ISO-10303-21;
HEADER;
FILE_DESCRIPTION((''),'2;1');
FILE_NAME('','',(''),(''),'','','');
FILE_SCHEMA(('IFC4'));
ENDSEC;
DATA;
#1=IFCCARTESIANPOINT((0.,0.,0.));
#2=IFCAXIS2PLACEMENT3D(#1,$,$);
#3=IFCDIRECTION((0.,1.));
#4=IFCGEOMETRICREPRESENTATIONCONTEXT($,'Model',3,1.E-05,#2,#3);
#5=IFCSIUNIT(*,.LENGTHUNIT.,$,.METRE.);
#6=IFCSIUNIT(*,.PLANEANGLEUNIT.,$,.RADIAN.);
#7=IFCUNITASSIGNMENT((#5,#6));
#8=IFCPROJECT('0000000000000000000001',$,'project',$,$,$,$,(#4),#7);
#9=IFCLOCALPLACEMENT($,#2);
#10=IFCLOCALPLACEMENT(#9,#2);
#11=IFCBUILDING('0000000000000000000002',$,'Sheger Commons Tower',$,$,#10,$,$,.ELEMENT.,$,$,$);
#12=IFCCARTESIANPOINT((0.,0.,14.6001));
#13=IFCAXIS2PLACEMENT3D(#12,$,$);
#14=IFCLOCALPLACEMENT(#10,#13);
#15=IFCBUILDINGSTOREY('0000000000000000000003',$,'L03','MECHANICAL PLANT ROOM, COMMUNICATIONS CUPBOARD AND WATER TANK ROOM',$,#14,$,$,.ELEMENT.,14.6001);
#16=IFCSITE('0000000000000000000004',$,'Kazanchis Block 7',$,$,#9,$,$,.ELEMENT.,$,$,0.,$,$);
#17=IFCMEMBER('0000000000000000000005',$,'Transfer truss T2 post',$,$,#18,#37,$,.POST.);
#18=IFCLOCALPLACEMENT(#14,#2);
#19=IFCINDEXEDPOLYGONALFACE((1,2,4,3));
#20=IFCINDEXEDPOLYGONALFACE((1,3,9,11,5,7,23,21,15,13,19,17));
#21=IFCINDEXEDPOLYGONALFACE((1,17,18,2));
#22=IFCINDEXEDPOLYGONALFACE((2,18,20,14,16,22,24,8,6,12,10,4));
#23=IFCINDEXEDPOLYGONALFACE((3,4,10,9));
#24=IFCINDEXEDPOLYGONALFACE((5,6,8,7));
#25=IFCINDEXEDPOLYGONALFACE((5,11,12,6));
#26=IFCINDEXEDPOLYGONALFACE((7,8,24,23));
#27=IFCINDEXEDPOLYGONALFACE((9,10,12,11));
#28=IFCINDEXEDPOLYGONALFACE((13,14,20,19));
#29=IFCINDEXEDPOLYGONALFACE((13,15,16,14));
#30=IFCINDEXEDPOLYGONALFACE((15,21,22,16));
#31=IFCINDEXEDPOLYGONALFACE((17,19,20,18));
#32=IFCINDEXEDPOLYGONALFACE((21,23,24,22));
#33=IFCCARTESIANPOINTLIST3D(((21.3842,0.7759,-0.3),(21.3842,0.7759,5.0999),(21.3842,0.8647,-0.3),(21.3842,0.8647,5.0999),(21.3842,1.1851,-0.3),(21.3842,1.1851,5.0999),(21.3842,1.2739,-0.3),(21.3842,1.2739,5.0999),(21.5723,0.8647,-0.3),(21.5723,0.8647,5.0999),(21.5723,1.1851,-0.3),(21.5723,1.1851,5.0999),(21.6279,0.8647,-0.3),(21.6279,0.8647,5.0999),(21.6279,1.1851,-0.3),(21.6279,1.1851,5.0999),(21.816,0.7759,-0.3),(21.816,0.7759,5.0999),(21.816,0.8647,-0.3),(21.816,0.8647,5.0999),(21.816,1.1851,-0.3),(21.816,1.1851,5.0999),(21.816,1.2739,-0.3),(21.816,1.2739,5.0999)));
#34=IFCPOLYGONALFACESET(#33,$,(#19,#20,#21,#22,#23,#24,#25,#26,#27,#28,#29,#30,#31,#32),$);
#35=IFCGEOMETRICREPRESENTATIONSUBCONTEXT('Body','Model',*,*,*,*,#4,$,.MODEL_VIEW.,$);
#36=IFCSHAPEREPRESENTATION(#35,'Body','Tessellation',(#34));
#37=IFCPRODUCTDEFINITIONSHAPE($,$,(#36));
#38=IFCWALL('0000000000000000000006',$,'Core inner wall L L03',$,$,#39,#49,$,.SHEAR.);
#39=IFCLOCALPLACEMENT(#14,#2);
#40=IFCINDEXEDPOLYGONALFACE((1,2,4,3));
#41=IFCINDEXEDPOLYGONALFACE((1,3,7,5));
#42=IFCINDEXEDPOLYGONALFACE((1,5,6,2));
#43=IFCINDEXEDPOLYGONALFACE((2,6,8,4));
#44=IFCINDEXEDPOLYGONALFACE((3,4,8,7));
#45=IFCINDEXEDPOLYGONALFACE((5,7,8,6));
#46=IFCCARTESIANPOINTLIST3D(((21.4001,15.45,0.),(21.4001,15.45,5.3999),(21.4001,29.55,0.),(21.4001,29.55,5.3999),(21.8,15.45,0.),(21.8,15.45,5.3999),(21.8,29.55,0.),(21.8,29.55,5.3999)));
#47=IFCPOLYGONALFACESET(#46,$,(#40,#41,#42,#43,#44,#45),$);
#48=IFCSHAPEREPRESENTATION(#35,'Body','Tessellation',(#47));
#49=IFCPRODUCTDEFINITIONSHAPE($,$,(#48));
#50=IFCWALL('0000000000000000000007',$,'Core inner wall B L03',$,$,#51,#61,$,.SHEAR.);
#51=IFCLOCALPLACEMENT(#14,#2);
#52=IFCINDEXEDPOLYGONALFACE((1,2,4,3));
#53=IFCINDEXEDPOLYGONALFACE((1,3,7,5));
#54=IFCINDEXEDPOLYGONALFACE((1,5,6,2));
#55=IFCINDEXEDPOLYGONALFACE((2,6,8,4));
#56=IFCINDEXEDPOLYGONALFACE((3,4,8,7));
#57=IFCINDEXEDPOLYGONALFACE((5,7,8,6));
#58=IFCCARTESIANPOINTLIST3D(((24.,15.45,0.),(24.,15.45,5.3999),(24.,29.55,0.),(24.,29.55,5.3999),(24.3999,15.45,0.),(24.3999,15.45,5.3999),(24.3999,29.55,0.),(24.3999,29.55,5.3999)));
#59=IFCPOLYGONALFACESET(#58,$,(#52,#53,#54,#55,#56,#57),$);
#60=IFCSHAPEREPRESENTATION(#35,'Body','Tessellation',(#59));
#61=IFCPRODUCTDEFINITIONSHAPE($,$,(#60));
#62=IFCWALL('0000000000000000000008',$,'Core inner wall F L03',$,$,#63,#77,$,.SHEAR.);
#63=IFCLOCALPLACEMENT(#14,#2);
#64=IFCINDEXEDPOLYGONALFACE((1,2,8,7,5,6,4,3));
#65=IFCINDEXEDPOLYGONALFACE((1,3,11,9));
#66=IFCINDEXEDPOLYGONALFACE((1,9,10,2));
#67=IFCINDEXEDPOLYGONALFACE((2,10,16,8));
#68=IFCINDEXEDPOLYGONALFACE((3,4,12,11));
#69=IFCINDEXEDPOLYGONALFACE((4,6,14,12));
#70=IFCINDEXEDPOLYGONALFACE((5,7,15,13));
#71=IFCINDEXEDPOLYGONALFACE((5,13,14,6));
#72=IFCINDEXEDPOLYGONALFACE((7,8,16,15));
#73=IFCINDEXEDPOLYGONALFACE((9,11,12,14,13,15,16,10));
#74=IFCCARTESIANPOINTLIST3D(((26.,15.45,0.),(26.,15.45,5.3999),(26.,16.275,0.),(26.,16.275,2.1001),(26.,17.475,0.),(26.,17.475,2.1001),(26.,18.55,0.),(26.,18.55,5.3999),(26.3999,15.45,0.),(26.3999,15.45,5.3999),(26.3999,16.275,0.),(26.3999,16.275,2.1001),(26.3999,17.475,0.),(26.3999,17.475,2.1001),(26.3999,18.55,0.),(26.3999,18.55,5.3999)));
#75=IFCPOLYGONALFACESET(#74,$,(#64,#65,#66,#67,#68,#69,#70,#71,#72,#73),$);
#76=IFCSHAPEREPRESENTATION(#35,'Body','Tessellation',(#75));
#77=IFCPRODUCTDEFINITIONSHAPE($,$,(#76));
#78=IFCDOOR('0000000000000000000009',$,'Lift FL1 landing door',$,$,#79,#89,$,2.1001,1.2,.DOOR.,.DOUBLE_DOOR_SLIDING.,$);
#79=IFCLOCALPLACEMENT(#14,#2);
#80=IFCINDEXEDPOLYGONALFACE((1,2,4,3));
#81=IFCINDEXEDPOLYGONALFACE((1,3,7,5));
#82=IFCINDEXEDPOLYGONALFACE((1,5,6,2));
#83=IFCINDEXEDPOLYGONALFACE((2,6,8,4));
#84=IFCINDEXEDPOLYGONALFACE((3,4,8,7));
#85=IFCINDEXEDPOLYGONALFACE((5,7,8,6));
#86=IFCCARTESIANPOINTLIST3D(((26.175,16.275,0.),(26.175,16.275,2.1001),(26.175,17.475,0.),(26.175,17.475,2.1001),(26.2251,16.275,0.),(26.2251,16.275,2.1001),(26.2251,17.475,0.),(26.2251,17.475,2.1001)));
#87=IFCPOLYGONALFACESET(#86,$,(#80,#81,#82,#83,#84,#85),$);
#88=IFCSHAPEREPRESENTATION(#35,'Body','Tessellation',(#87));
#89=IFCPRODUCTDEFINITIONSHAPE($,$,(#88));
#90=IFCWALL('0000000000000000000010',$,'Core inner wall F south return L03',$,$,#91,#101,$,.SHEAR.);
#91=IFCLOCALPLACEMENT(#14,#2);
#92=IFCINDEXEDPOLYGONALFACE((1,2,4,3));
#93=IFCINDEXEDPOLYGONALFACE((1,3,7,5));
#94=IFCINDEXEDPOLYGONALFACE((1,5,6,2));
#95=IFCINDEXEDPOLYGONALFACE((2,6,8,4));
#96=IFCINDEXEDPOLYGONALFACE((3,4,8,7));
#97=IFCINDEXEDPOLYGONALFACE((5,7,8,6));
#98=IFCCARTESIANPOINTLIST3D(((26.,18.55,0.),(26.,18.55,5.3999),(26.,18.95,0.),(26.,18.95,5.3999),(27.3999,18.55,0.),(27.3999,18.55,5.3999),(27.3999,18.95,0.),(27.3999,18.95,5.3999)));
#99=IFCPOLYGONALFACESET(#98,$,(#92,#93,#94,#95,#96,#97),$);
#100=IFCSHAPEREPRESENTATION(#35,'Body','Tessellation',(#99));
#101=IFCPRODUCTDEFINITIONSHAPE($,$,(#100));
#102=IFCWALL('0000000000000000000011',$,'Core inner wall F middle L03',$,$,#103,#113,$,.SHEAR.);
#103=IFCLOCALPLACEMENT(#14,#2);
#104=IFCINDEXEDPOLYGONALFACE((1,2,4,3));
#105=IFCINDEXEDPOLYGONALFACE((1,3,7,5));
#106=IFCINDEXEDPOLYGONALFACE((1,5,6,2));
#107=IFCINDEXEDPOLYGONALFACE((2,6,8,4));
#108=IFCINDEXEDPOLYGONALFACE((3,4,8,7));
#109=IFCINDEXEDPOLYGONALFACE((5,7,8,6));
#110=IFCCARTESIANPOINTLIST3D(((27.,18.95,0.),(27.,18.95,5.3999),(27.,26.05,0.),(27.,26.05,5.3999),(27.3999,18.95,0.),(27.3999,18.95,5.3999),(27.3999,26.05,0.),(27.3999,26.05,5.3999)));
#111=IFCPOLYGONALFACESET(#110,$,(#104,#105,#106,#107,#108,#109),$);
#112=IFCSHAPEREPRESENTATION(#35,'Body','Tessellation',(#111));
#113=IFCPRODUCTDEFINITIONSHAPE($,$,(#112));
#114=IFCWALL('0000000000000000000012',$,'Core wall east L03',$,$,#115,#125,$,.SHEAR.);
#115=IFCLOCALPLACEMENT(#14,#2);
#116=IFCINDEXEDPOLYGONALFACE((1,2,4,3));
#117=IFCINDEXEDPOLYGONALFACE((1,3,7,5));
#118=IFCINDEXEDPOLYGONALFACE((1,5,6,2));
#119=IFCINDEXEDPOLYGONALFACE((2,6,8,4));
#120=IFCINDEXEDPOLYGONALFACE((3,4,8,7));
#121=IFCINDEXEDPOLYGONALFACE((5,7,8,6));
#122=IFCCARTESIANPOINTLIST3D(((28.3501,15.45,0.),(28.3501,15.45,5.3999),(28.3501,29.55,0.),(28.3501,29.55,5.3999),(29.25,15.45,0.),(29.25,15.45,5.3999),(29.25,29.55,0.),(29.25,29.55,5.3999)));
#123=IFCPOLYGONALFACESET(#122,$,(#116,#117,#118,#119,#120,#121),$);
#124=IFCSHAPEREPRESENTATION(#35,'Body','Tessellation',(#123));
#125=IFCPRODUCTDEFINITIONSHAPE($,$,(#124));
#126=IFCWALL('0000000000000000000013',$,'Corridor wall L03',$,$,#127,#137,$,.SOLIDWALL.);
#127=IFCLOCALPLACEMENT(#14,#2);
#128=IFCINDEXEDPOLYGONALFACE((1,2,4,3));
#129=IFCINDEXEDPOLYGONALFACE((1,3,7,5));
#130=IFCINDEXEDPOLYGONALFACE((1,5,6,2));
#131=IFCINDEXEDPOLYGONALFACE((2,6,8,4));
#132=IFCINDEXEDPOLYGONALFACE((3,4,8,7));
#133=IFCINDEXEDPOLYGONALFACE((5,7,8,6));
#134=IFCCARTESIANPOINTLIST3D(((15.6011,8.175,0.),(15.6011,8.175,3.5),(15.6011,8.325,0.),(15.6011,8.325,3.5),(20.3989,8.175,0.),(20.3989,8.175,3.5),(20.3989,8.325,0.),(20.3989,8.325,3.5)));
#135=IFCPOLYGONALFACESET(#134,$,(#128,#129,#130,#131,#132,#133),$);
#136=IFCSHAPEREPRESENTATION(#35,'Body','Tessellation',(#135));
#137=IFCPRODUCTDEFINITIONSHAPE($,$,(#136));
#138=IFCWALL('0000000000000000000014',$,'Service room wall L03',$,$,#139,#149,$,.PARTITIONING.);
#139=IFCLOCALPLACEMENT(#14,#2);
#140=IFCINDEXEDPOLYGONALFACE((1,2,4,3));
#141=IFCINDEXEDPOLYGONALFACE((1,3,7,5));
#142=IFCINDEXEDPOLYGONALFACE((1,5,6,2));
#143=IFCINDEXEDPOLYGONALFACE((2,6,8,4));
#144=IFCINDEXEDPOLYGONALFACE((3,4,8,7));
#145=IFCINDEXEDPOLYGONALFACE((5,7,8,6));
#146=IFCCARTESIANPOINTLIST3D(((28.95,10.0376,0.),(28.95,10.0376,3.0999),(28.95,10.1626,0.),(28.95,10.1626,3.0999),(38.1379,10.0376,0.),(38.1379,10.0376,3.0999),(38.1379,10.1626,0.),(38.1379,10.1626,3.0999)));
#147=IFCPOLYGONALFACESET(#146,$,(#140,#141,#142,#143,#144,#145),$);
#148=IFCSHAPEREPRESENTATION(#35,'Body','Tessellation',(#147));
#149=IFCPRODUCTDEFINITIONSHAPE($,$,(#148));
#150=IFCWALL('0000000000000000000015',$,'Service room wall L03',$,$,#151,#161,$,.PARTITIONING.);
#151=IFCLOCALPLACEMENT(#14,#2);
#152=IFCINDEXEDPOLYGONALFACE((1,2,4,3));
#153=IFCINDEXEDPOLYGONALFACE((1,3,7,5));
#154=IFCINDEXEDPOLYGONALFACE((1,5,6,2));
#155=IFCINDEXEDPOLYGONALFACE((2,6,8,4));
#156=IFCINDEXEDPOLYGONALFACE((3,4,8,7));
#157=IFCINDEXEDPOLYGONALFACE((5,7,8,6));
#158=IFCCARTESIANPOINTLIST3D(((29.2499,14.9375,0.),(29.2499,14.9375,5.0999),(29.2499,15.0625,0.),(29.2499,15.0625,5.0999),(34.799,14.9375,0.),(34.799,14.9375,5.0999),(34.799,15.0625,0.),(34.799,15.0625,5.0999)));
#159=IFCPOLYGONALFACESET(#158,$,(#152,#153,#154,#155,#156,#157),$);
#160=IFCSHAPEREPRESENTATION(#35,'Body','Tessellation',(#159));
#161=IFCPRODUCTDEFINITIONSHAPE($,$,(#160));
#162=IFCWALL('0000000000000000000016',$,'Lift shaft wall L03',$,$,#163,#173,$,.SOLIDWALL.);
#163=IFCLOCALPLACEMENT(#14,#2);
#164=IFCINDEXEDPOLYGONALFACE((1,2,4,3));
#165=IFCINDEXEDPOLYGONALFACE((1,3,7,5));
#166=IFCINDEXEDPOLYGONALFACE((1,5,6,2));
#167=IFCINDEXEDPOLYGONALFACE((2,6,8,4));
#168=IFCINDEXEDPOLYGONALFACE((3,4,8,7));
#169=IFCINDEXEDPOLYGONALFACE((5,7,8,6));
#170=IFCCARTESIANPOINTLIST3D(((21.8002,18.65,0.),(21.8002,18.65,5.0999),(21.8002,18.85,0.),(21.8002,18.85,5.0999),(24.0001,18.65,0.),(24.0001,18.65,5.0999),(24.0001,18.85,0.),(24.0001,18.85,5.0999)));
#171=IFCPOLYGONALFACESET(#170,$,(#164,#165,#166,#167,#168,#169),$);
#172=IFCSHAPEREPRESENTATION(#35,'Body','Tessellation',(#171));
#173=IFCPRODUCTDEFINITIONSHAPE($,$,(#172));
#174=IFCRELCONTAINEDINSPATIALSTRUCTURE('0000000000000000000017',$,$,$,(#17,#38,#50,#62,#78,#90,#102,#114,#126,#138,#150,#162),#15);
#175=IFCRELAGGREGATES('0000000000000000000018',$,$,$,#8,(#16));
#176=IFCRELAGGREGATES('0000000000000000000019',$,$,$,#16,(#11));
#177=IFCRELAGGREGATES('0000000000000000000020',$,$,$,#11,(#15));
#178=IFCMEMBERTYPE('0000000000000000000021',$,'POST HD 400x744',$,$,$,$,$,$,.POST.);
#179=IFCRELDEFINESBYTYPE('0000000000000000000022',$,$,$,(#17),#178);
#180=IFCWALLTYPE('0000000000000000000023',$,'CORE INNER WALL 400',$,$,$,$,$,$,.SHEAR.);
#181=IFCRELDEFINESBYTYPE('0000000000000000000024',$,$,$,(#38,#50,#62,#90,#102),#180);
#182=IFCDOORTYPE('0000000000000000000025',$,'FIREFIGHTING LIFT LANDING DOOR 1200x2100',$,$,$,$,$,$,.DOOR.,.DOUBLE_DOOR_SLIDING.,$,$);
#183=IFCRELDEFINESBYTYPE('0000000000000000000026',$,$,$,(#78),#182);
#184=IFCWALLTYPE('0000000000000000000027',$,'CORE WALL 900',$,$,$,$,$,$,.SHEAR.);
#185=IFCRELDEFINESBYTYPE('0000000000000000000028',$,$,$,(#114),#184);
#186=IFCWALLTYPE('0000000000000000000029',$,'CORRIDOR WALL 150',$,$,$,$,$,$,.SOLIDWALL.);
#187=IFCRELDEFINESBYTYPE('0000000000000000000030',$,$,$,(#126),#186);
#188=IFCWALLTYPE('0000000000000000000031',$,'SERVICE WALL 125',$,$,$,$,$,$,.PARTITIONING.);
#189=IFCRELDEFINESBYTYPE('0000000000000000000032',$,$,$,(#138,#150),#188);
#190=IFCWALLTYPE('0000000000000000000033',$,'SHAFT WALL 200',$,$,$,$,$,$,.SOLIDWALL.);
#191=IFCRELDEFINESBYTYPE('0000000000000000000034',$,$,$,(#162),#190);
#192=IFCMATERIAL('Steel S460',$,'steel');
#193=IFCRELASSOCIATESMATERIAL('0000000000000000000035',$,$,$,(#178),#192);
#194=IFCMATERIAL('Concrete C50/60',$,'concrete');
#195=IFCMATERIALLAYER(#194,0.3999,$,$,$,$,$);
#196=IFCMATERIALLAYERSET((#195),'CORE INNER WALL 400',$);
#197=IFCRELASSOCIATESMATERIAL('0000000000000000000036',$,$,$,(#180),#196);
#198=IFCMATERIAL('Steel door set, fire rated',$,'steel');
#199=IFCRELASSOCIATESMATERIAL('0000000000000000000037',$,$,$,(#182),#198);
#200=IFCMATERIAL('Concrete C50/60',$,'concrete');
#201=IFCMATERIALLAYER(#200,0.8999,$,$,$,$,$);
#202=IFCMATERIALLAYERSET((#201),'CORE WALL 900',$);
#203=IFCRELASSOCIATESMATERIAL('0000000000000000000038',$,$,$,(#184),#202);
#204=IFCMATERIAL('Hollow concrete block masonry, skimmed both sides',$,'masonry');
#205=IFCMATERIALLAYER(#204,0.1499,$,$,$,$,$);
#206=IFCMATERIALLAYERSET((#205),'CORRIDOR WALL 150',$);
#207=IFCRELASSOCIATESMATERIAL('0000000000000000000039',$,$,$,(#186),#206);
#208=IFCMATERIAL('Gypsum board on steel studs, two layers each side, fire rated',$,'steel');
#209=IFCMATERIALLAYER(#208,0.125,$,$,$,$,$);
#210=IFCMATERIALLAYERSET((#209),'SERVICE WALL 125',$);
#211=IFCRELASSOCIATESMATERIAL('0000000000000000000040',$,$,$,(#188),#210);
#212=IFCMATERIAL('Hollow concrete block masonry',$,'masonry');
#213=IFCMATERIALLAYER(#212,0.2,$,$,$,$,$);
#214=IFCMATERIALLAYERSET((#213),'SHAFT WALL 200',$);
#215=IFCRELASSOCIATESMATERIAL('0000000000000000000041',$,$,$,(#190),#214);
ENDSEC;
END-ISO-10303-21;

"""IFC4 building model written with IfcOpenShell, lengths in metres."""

from ifc_helpers import new_model, si_unit, direction, frame, frame_2d, origin, origin_2d, place, context, subcontext, project, spatial, rectangle, i_section, extrude, material, layer, layer_set, material_profile, profile_set, type_object, element, fill, save


model = new_model("IFC4")

# Units and contexts
model_context = context("Model", 3, precision=1e-05, world=origin(), true_north=direction((0.0, 1.0)))
body_context = subcontext(model_context, "Body", "Model", "MODEL_VIEW")
ifc_project = project(units=[si_unit("LENGTHUNIT", "METRE"), si_unit("PLANEANGLEUNIT", "RADIAN")], contexts=[model_context])

# Site, building, storey
site_placement = place(None, origin())
site = spatial("IfcSite", under=ifc_project, at=site_placement, Name="Kazanchis Block 7", CompositionType="ELEMENT", RefElevation=0.0)
building_placement = place(site_placement, origin())
building = spatial("IfcBuilding", under=site, at=building_placement, Name="Sheger Commons Tower", CompositionType="ELEMENT")
storey_placement = place(building_placement, frame((0.0, 0.0, 14.6001)))
storey = spatial("IfcBuildingStorey", under=building, at=storey_placement, Name="L03", Description="MECHANICAL PLANT ROOM, COMMUNICATIONS CUPBOARD AND WATER TANK ROOM", CompositionType="ELEMENT", Elevation=14.6001)

# Member
ifc_material_1 = material(Name="Steel S460", Category="steel")
ifc_material_profile_1 = material_profile(ifc_material_1, i_section(OverallWidth=0.4319, OverallDepth=0.498, WebThickness=0.0557, FlangeThickness=0.0889, at=origin_2d()), Name="HD 400x744")
ifc_profile_set_1 = profile_set([ifc_material_profile_1], Name="Steel S460")
member_type_1 = type_object("IfcMemberType", Name="POST HD 400x744", PredefinedType="POST", material=ifc_profile_set_1)
member_placement = place(storey_placement, frame((21.6001, 1.0249, -0.3), z_axis=(0.0, 0.0, 1.0), x_axis=(1.0, 0.0, 0.0)))
element("IfcMember", 1, at=member_placement, inside=storey, type_object=member_type_1, Name="Transfer truss T2 post", PredefinedType="POST", context=body_context, shape_type="SweptSolid", body=[
    extrude(i_section(OverallWidth=0.4319, OverallDepth=0.498, WebThickness=0.0557, FlangeThickness=0.0889, at=origin_2d()), origin(), (0.0, 0.0, 1.0), 5.3999),
])

# Walls
ifc_material_2 = material(Name="Concrete C50/60", Category="concrete")
ifc_layer_1 = layer(ifc_material_2, 0.3999)
ifc_layer_set_1 = layer_set([ifc_layer_1], Name="CORE INNER WALL 400")
wall_type_1 = type_object("IfcWallType", Name="CORE INNER WALL 400", PredefinedType="SHEAR", material=ifc_layer_set_1)
for number, where, z_axis, x_axis, name in (
    (2, (21.6001, 15.45, 0.0), (0.0, 0.0, 1.0), (0.0, 1.0, 0.0), "Core inner wall L L03"),
    (3, (24.2, 15.45, 0.0), (0.0, 0.0, 1.0), (0.0, 1.0, 0.0), "Core inner wall B L03"),
):
    element("IfcWall", number, at=place(storey_placement, frame(where, z_axis=z_axis, x_axis=x_axis)), inside=storey, type_object=wall_type_1, Name=name, PredefinedType="SHEAR", context=body_context, shape_type="SweptSolid", body=[
        extrude(rectangle(XDim=14.1001, YDim=0.3999, at=frame_2d((7.05, 0.0))), origin(), (0.0, 0.0, 1.0), 5.3999),
    ])

# Wall, opening, door
wall_1_placement = place(storey_placement, frame((26.2, 15.45, 0.0), z_axis=(0.0, 0.0, 1.0), x_axis=(0.0, 1.0, 0.0)))
wall_1 = element("IfcWall", 4, at=wall_1_placement, inside=storey, type_object=wall_type_1, Name="Core inner wall F L03", PredefinedType="SHEAR", context=body_context, shape_type="SweptSolid", body=[
    extrude(rectangle(XDim=3.1001, YDim=0.3999, at=frame_2d((1.55, 0.0))), origin(), (0.0, 0.0, 1.0), 5.3999),
])
opening_1_placement = place(wall_1_placement, frame((0.825, 0.0, 0.0)))
opening_1 = element("IfcOpeningElement", 5, at=opening_1_placement, cuts=wall_1, PredefinedType="OPENING", context=body_context, shape_type="SweptSolid", body=[
    extrude(rectangle(XDim=1.2, YDim=2.1001, at=frame_2d((0.6001, 1.05))), frame((0.0, 0.21, 0.0), z_axis=(0.0, -1.0, 0.0), x_axis=(1.0, 0.0, 0.0)), (0.0, 0.0, 1.0), 0.4199),
])
ifc_material_3 = material(Name="Steel door set, fire rated", Category="steel")
door_type_1 = type_object("IfcDoorType", Name="FIREFIGHTING LIFT LANDING DOOR 1200x2100", OperationType="DOUBLE_DOOR_SLIDING", PredefinedType="DOOR", material=ifc_material_3)
door_1_placement = place(opening_1_placement, origin())
door_1 = element("IfcDoor", 6, at=door_1_placement, inside=storey, type_object=door_type_1, Name="Lift FL1 landing door", OperationType="DOUBLE_DOOR_SLIDING", OverallHeight=2.1001, OverallWidth=1.2, PredefinedType="DOOR", context=body_context, shape_type="SweptSolid", body=[
    extrude(rectangle(XDim=1.2, YDim=2.1001, at=frame_2d((0.6001, 1.05))), frame((0.0, 0.0249, 0.0), z_axis=(0.0, -1.0, 0.0), x_axis=(1.0, 0.0, 0.0)), (0.0, 0.0, 1.0), 0.05),
])
fill(opening_1, door_1)

# Walls
wall_2_placement = place(storey_placement, frame((26.0, 18.75, 0.0), z_axis=(0.0, 0.0, 1.0), x_axis=(1.0, 0.0, 0.0)))
element("IfcWall", 7, at=wall_2_placement, inside=storey, type_object=wall_type_1, Name="Core inner wall F south return L03", PredefinedType="SHEAR", context=body_context, shape_type="SweptSolid", body=[
    extrude(rectangle(XDim=1.3999, YDim=0.3999, at=frame_2d((0.7, 0.0))), origin(), (0.0, 0.0, 1.0), 5.3999),
])
wall_3_placement = place(storey_placement, frame((27.2, 18.95, 0.0), z_axis=(0.0, 0.0, 1.0), x_axis=(0.0, 1.0, 0.0)))
element("IfcWall", 8, at=wall_3_placement, inside=storey, type_object=wall_type_1, Name="Core inner wall F middle L03", PredefinedType="SHEAR", context=body_context, shape_type="SweptSolid", body=[
    extrude(rectangle(XDim=7.1001, YDim=0.3999, at=frame_2d((3.55, 0.0))), origin(), (0.0, 0.0, 1.0), 5.3999),
])
ifc_material_4 = material(Name="Concrete C50/60", Category="concrete")
ifc_layer_2 = layer(ifc_material_4, 0.8999)
ifc_layer_set_2 = layer_set([ifc_layer_2], Name="CORE WALL 900")
wall_type_2 = type_object("IfcWallType", Name="CORE WALL 900", PredefinedType="SHEAR", material=ifc_layer_set_2)
wall_4_placement = place(storey_placement, frame((28.8, 15.45, 0.0), z_axis=(0.0, 0.0, 1.0), x_axis=(0.0, 1.0, 0.0)))
element("IfcWall", 9, at=wall_4_placement, inside=storey, type_object=wall_type_2, Name="Core wall east L03", PredefinedType="SHEAR", context=body_context, shape_type="SweptSolid", body=[
    extrude(rectangle(XDim=14.1001, YDim=0.8999, at=frame_2d((7.05, 0.0))), origin(), (0.0, 0.0, 1.0), 5.3999),
])

# Shared definitions
ifc_material_5 = material(Name="Hollow concrete block masonry, skimmed both sides", Category="masonry")
ifc_layer_3 = layer(ifc_material_5, 0.1499)
ifc_layer_set_3 = layer_set([ifc_layer_3], Name="CORRIDOR WALL 150")
wall_type_3 = type_object("IfcWallType", Name="CORRIDOR WALL 150", PredefinedType="SOLIDWALL", material=ifc_layer_set_3)

# Walls
wall_5_placement = place(storey_placement, frame((20.3989, 8.25, 0.0), z_axis=(0.0, 0.0, 1.0), x_axis=(-1.0, 0.0, 0.0)))
element("IfcWall", 10, at=wall_5_placement, inside=storey, type_object=wall_type_3, Name="Corridor wall L03", PredefinedType="SOLIDWALL", context=body_context, shape_type="SweptSolid", body=[
    extrude(rectangle(XDim=4.7979, YDim=0.1499, at=frame_2d((2.3989, 0.0))), origin(), (0.0, 0.0, 1.0), 3.5),
])
ifc_material_6 = material(Name="Gypsum board on steel studs, two layers each side, fire rated", Category="steel")
ifc_layer_4 = layer(ifc_material_6, 0.125)
ifc_layer_set_4 = layer_set([ifc_layer_4], Name="SERVICE WALL 125")
wall_type_4 = type_object("IfcWallType", Name="SERVICE WALL 125", PredefinedType="PARTITIONING", material=ifc_layer_set_4)
wall_6_placement = place(storey_placement, frame((28.95, 10.1001, 0.0), z_axis=(0.0, 0.0, 1.0), x_axis=(1.0, 0.0, 0.0)))
element("IfcWall", 11, at=wall_6_placement, inside=storey, type_object=wall_type_4, Name="Service room wall L03", PredefinedType="PARTITIONING", context=body_context, shape_type="SweptSolid", body=[
    extrude(rectangle(XDim=9.188, YDim=0.125, at=frame_2d((4.594, 0.0))), origin(), (0.0, 0.0, 1.0), 3.0999),
])
wall_7_placement = place(storey_placement, frame((29.25, 15.0, 0.0), z_axis=(0.0, 0.0, 1.0), x_axis=(1.0, 0.0, 0.0)))
element("IfcWall", 12, at=wall_7_placement, inside=storey, type_object=wall_type_4, Name="Service room wall L03", PredefinedType="PARTITIONING", context=body_context, shape_type="SweptSolid", body=[
    extrude(rectangle(XDim=5.5491, YDim=0.125, at=frame_2d((2.7744, 0.0))), origin(), (0.0, 0.0, 1.0), 5.0999),
])
ifc_material_7 = material(Name="Hollow concrete block masonry", Category="masonry")
ifc_layer_5 = layer(ifc_material_7, 0.2)
ifc_layer_set_5 = layer_set([ifc_layer_5], Name="SHAFT WALL 200")
wall_type_5 = type_object("IfcWallType", Name="SHAFT WALL 200", PredefinedType="SOLIDWALL", material=ifc_layer_set_5)
wall_8_placement = place(storey_placement, frame((21.8, 18.75, 0.0), z_axis=(0.0, 0.0, 1.0), x_axis=(1.0, 0.0, 0.0)))
element("IfcWall", 13, at=wall_8_placement, inside=storey, type_object=wall_type_5, Name="Lift shaft wall L03", PredefinedType="SOLIDWALL", context=body_context, shape_type="SweptSolid", body=[
    extrude(rectangle(XDim=2.2, YDim=0.2, at=frame_2d((1.1001, 0.0))), origin(), (0.0, 0.0, 1.0), 5.0999),
])

save(model, "model.ifc")
